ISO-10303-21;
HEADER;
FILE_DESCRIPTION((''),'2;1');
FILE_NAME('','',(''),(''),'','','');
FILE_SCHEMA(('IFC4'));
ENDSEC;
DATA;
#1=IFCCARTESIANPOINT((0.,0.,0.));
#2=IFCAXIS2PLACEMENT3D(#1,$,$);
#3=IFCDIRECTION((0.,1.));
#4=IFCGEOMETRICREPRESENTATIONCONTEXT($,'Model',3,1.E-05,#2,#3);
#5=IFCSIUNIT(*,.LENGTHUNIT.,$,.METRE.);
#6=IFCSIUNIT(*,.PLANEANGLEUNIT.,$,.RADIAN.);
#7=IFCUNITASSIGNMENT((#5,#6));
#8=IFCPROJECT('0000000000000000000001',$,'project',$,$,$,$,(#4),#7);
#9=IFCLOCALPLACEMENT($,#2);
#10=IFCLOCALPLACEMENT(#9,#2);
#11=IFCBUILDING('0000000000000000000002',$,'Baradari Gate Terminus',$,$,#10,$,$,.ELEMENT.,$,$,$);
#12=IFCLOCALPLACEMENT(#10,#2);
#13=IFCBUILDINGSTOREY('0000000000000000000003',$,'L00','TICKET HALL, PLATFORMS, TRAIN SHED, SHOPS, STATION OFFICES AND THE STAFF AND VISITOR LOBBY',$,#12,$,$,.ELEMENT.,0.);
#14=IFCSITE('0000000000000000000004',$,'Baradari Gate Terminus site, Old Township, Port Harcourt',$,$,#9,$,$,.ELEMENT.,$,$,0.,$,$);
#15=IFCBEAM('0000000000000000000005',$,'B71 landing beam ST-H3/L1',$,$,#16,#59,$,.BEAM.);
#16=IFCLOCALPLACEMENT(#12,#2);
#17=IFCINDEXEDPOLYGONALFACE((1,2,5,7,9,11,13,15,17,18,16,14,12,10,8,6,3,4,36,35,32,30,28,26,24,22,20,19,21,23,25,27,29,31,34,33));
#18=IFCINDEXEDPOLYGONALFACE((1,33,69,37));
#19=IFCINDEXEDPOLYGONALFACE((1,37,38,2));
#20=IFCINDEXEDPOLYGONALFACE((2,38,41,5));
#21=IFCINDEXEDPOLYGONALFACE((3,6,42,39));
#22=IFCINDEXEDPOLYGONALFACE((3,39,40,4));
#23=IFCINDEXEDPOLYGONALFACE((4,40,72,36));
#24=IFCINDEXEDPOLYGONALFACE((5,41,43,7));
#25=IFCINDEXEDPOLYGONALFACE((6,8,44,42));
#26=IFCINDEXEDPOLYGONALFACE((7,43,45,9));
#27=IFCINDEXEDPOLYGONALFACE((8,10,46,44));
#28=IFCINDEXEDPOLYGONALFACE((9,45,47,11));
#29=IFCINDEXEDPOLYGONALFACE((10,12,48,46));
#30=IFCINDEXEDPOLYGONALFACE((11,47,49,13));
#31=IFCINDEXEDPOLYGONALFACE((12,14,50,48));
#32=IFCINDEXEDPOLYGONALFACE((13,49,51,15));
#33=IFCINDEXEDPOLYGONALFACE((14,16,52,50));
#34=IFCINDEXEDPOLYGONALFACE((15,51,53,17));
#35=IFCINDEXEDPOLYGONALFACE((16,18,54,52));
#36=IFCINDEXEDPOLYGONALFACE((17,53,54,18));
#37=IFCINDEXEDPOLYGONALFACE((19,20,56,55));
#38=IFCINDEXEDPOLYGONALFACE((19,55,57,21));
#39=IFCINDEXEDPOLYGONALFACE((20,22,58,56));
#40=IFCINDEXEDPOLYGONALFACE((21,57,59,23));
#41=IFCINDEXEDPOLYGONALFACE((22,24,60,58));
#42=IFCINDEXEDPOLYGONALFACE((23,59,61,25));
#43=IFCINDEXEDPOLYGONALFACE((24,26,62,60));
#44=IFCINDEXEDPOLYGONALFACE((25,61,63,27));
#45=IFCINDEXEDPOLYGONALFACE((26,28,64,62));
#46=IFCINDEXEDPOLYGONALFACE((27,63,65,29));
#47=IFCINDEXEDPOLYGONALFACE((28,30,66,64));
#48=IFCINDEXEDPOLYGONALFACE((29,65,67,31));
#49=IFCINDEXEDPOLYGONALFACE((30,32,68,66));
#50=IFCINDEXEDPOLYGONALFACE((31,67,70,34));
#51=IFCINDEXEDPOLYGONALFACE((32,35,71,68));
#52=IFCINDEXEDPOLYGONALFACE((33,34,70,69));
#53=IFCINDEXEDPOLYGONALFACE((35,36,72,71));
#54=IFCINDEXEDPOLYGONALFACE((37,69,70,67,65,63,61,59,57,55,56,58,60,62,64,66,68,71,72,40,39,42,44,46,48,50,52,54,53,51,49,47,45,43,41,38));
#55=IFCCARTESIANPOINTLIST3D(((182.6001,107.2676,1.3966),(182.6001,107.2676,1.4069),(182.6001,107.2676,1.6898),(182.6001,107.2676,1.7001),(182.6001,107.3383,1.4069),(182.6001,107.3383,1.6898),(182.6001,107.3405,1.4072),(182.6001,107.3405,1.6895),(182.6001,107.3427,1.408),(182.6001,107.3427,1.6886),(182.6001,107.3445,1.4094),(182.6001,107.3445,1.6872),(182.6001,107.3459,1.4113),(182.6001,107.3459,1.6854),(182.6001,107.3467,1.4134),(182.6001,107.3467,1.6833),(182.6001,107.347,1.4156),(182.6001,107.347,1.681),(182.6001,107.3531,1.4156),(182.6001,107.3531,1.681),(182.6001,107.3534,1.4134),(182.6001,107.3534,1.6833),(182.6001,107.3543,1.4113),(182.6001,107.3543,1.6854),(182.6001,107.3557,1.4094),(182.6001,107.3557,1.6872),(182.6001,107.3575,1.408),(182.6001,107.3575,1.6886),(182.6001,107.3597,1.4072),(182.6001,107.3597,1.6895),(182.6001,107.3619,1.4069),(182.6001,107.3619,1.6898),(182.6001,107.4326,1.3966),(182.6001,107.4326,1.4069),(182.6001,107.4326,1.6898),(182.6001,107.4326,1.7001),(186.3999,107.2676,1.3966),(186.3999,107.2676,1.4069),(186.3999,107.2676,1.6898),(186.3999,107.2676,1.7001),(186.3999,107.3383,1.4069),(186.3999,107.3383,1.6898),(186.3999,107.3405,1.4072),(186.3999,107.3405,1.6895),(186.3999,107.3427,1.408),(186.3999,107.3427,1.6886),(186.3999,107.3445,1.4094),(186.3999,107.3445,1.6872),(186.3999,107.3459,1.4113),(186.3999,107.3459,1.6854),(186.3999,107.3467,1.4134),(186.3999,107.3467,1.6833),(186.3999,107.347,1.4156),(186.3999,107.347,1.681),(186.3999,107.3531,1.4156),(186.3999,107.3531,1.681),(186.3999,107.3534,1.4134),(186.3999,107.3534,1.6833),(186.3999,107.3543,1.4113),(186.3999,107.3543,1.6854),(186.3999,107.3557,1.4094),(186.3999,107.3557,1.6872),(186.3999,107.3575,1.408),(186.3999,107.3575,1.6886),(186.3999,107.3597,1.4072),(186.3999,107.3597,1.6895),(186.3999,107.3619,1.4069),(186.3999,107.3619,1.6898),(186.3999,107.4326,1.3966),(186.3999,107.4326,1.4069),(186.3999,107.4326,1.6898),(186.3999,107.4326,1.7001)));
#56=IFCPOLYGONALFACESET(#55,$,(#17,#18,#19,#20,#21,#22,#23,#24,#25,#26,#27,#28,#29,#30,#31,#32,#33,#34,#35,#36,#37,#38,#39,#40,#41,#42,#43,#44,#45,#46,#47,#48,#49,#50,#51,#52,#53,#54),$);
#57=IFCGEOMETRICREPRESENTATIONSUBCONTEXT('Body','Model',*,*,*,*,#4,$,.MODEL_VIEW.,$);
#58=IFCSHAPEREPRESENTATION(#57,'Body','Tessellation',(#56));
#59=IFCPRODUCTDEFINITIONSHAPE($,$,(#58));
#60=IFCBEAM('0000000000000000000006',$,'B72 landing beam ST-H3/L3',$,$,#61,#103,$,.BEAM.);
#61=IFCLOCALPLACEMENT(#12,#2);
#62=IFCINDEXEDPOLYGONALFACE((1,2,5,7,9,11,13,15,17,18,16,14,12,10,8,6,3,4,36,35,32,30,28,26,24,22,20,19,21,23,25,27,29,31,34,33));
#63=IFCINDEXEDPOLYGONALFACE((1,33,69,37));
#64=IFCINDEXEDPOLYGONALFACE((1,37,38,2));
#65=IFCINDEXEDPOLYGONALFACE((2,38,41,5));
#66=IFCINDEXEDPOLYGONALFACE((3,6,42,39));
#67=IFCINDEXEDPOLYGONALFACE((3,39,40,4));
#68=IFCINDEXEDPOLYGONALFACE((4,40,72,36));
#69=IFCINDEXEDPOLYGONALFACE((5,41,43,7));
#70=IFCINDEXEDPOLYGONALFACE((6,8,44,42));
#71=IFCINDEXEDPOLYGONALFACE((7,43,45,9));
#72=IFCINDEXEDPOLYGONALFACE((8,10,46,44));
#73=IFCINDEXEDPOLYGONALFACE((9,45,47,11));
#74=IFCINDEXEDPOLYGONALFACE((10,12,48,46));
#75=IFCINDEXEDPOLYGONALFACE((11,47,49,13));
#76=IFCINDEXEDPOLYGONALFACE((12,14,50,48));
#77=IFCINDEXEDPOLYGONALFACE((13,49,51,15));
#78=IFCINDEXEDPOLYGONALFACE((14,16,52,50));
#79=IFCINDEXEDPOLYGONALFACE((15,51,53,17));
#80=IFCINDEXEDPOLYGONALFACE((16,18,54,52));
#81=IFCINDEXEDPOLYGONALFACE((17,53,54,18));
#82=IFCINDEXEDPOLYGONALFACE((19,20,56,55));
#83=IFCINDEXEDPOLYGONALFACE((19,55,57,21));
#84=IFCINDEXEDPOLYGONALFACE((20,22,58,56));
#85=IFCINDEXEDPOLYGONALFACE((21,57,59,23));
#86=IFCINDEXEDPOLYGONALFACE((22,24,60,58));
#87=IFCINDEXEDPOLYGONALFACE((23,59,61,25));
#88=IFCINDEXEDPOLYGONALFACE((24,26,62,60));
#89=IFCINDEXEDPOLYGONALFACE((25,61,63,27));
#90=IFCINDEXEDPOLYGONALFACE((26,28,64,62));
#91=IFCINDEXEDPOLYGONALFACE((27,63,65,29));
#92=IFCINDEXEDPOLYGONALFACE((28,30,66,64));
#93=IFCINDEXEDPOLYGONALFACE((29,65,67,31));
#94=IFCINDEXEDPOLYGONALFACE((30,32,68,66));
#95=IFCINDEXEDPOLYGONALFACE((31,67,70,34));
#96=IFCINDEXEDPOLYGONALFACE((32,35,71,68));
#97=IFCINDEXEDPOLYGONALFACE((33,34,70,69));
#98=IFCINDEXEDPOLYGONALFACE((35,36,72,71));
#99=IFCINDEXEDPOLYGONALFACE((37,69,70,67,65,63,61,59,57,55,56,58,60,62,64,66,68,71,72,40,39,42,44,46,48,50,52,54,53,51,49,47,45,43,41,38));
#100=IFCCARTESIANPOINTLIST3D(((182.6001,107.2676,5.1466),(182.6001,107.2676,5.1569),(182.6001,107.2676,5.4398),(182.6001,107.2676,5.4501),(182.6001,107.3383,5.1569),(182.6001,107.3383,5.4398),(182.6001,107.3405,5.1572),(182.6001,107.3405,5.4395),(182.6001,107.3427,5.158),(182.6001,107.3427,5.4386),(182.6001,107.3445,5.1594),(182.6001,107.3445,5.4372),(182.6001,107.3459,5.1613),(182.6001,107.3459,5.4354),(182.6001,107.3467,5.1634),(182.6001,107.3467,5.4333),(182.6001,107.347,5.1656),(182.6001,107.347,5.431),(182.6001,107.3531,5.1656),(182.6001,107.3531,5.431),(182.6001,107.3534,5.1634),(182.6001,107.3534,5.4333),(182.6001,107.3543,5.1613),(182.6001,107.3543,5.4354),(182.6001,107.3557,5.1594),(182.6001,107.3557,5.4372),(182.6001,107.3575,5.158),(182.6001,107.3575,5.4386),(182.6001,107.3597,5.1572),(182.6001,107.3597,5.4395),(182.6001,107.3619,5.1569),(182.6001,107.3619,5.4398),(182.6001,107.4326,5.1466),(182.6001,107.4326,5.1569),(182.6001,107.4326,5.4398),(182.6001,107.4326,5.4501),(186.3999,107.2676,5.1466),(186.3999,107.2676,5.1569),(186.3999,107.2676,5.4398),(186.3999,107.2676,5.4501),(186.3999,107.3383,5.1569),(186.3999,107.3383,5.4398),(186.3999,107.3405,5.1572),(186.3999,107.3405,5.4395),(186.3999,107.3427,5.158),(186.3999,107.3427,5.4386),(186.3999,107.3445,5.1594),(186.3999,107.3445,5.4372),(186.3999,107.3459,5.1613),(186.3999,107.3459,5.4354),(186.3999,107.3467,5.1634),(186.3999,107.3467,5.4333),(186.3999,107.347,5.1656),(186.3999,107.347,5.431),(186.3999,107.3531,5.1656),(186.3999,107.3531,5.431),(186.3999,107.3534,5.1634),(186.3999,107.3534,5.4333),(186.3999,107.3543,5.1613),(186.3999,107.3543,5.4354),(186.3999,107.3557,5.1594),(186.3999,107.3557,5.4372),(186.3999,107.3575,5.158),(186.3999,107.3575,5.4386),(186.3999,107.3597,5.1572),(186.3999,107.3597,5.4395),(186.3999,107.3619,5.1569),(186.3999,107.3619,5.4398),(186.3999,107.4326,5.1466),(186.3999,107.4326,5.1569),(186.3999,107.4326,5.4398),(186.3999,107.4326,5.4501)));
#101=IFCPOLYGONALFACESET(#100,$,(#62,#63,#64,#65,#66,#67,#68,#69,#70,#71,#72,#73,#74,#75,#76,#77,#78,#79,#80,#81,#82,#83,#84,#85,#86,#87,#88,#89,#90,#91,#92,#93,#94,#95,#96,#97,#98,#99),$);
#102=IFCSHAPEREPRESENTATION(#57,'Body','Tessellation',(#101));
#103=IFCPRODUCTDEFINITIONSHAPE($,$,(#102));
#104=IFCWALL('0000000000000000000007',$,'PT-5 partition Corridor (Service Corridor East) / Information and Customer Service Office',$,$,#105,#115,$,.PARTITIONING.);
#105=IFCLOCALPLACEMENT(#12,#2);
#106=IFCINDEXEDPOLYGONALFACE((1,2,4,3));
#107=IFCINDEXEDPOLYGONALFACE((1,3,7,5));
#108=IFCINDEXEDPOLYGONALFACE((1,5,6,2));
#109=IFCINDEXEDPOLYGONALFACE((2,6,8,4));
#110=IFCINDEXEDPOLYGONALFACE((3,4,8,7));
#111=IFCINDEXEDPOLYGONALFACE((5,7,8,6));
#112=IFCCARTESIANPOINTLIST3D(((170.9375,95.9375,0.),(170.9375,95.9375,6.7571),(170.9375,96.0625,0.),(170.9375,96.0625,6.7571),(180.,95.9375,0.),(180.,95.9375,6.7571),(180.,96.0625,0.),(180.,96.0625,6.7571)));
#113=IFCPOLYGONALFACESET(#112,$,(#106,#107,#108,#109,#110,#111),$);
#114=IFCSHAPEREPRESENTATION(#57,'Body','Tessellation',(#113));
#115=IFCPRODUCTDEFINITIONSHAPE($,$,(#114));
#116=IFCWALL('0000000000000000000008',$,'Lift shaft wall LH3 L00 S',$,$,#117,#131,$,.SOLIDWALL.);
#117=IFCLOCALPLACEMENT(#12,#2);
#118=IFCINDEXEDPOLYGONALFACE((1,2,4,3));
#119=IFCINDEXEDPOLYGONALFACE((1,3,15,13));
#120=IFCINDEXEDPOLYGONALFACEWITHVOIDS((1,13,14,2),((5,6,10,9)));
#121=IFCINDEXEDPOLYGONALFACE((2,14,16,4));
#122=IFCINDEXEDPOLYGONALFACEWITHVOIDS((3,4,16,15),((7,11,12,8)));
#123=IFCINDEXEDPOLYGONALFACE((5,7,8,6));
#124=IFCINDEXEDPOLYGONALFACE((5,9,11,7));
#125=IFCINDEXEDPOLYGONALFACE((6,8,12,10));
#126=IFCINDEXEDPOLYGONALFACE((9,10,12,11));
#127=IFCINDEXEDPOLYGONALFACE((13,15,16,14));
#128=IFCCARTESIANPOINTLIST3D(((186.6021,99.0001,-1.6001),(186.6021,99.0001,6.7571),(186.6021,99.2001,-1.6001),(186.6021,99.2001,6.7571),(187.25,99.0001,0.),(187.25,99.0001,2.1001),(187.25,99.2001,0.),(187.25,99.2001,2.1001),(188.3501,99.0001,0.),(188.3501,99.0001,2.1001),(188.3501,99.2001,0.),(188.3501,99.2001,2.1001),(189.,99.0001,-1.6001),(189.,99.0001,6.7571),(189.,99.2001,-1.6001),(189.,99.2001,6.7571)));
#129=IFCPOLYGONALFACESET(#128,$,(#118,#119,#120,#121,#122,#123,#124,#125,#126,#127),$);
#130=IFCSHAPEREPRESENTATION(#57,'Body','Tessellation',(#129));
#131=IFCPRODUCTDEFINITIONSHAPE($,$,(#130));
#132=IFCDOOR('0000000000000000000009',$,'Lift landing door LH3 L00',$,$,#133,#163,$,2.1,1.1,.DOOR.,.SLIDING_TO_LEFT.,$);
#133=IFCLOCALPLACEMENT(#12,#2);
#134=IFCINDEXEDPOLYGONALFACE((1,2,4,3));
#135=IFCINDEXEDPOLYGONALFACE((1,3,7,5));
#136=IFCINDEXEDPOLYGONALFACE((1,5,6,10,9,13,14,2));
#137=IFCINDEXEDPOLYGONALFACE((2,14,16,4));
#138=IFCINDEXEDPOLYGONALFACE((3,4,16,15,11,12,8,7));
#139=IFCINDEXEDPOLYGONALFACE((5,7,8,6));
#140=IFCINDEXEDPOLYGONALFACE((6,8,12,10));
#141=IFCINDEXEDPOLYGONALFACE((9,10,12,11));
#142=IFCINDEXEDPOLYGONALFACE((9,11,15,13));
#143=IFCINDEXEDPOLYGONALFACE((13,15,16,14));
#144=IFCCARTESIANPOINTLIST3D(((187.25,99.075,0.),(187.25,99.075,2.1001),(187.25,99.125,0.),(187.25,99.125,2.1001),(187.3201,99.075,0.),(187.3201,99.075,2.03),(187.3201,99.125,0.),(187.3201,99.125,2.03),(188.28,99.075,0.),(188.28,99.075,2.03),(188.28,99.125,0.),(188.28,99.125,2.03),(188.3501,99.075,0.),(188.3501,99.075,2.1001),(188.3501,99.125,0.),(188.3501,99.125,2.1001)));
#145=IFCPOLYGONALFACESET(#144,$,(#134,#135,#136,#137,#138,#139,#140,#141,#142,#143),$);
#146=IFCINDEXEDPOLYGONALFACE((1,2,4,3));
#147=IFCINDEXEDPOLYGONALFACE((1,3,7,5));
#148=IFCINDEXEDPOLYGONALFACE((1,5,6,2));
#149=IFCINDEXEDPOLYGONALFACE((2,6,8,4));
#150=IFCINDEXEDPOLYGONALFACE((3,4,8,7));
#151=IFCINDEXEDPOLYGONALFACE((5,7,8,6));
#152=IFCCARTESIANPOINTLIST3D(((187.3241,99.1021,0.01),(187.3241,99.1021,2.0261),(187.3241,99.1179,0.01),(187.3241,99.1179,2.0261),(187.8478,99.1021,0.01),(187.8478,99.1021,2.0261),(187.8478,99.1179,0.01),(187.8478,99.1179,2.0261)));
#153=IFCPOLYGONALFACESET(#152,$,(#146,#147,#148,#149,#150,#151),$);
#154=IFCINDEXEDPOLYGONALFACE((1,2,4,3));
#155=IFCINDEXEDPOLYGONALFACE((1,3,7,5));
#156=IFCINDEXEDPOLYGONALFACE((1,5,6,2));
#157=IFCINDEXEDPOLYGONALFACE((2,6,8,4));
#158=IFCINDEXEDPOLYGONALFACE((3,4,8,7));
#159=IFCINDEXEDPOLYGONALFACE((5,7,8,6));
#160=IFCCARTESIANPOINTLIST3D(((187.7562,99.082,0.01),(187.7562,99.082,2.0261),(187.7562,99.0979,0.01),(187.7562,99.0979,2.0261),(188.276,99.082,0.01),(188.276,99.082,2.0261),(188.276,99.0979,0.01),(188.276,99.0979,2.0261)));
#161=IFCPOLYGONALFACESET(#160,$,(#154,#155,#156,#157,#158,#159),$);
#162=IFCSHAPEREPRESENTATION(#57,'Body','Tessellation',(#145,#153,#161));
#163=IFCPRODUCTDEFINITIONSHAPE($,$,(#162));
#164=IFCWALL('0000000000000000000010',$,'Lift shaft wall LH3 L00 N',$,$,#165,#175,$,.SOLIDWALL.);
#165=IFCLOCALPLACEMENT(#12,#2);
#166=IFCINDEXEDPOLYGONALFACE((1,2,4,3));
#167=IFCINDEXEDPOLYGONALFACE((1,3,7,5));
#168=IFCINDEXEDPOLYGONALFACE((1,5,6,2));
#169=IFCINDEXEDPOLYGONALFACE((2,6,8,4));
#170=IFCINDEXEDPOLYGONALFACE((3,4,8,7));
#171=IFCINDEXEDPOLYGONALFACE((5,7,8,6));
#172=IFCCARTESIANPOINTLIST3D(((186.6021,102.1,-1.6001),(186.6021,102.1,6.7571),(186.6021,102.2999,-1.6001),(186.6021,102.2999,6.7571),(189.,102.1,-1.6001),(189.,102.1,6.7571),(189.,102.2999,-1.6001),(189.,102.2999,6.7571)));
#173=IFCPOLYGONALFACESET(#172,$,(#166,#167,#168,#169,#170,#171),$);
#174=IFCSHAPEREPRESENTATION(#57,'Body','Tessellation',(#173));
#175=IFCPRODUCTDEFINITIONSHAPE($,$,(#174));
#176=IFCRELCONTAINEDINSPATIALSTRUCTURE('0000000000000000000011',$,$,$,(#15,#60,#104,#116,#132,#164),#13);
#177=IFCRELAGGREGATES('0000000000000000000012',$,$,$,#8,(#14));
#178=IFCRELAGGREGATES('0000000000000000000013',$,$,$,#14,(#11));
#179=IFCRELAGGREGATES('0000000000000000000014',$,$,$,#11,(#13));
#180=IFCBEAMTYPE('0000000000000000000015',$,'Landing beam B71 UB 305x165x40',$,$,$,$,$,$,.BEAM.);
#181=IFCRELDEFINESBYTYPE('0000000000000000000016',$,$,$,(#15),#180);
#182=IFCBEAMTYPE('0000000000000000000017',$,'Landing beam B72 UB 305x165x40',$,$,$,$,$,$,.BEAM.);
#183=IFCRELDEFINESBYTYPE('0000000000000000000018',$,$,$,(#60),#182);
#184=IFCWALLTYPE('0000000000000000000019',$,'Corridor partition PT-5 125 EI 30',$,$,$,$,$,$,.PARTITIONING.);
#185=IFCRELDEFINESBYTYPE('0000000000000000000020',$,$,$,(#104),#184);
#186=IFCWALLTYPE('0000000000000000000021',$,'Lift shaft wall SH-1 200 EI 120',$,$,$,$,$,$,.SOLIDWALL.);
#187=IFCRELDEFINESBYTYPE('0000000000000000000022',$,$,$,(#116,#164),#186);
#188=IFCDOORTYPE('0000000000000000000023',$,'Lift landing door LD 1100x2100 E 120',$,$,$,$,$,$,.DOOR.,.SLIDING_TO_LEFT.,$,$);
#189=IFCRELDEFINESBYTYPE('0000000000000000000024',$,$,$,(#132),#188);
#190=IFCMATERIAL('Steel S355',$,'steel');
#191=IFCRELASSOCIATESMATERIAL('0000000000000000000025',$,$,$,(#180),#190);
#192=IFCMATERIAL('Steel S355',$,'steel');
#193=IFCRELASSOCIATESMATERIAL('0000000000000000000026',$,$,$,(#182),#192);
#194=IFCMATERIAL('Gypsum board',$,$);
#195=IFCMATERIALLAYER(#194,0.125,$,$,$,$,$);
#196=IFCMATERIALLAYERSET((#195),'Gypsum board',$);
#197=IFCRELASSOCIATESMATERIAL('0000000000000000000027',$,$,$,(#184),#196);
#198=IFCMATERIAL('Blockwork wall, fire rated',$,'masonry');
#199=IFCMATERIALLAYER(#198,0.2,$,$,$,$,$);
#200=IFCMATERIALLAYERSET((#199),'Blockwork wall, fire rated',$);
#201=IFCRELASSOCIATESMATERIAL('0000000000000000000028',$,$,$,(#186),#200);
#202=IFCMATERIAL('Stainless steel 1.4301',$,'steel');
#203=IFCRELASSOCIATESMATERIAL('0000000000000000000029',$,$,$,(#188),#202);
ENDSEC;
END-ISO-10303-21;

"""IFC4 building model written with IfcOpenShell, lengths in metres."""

from ifc_helpers import new_model, si_unit, direction, frame, frame_2d, origin, origin_2d, place, context, subcontext, project, spatial, polyline, rectangle, i_section, outline, extrude, material, layer, layer_set, material_profile, profile_set, type_object, element, fill, save


model = new_model("IFC4")

# Units and contexts
model_context = context("Model", 3, precision=1e-05, world=origin(), true_north=direction((0.0, 1.0)))
body_context = subcontext(model_context, "Body", "Model", "MODEL_VIEW")
ifc_project = project(units=[si_unit("LENGTHUNIT", "METRE"), si_unit("PLANEANGLEUNIT", "RADIAN")], contexts=[model_context])

# Site, building, storey
site_placement = place(None, origin())
site = spatial("IfcSite", under=ifc_project, at=site_placement, Name="Baradari Gate Terminus site, Old Township, Port Harcourt", CompositionType="ELEMENT", RefElevation=0.0)
building_placement = place(site_placement, origin())
building = spatial("IfcBuilding", under=site, at=building_placement, Name="Baradari Gate Terminus", CompositionType="ELEMENT")
storey_placement = place(building_placement, origin())
storey = spatial("IfcBuildingStorey", under=building, at=storey_placement, Name="L00", Description="TICKET HALL, PLATFORMS, TRAIN SHED, SHOPS, STATION OFFICES AND THE STAFF AND VISITOR LOBBY", CompositionType="ELEMENT", Elevation=0.0)

# Beams
ifc_material_1 = material(Name="Steel S355", Category="steel")
ifc_material_profile_1 = material_profile(ifc_material_1, i_section(OverallWidth=0.165, OverallDepth=0.3035, WebThickness=0.0061, FlangeThickness=0.0103, FilletRadius=0.0088, at=origin_2d()), Name="UB 305x165x40")
ifc_profile_set_1 = profile_set([ifc_material_profile_1], Name="Steel S355")
beam_type_1 = type_object("IfcBeamType", Name="Landing beam B71 UB 305x165x40", PredefinedType="BEAM", material=ifc_profile_set_1)
beam_1_placement = place(storey_placement, frame((182.6001, 107.3501, 1.5483), z_axis=(1.0, 0.0, 0.0), x_axis=(0.0, 1.0, 0.0)))
element("IfcBeam", 1, at=beam_1_placement, inside=storey, type_object=beam_type_1, Name="B71 landing beam ST-H3/L1", PredefinedType="BEAM", context=body_context, shape_type="SweptSolid", body=[
    extrude(i_section(OverallWidth=0.165, OverallDepth=0.3035, WebThickness=0.0061, FlangeThickness=0.0103, FilletRadius=0.0088, at=origin_2d()), origin(), (0.0, 0.0, 1.0), 3.7998),
])
ifc_material_2 = material(Name="Steel S355", Category="steel")
ifc_material_profile_2 = material_profile(ifc_material_2, i_section(OverallWidth=0.165, OverallDepth=0.3035, WebThickness=0.0061, FlangeThickness=0.0103, FilletRadius=0.0088, at=origin_2d()), Name="UB 305x165x40")
ifc_profile_set_2 = profile_set([ifc_material_profile_2], Name="Steel S355")
beam_type_2 = type_object("IfcBeamType", Name="Landing beam B72 UB 305x165x40", PredefinedType="BEAM", material=ifc_profile_set_2)
beam_2_placement = place(storey_placement, frame((182.6001, 107.3501, 5.2983), z_axis=(1.0, 0.0, 0.0), x_axis=(0.0, 1.0, 0.0)))
element("IfcBeam", 2, at=beam_2_placement, inside=storey, type_object=beam_type_2, Name="B72 landing beam ST-H3/L3", PredefinedType="BEAM", context=body_context, shape_type="SweptSolid", body=[
    extrude(i_section(OverallWidth=0.165, OverallDepth=0.3035, WebThickness=0.0061, FlangeThickness=0.0103, FilletRadius=0.0088, at=origin_2d()), origin(), (0.0, 0.0, 1.0), 3.7998),
])

# Wall
ifc_material_3 = material(Name="Gypsum board")
ifc_layer_1 = layer(ifc_material_3, 0.125)
ifc_layer_set_1 = layer_set([ifc_layer_1], Name="Gypsum board")
wall_type_1 = type_object("IfcWallType", Name="Corridor partition PT-5 125 EI 30", PredefinedType="PARTITIONING", material=ifc_layer_set_1)
wall_1_placement = place(storey_placement, frame((180.0, 96.0, 0.0), z_axis=(0.0, 0.0, 1.0), x_axis=(-1.0, 0.0, 0.0)))
element("IfcWall", 3, at=wall_1_placement, inside=storey, type_object=wall_type_1, Name="PT-5 partition Corridor (Service Corridor East) / Information and Customer Service Office", PredefinedType="PARTITIONING", context=body_context, shape_type="SweptSolid", body=[
    extrude(rectangle(XDim=9.0625, YDim=0.125, at=frame_2d((4.5312, 0.0))), origin(), (0.0, 0.0, 1.0), 6.7571),
])

# Wall, opening, door
ifc_material_4 = material(Name="Blockwork wall, fire rated", Category="masonry")
ifc_layer_2 = layer(ifc_material_4, 0.2)
ifc_layer_set_2 = layer_set([ifc_layer_2], Name="Blockwork wall, fire rated")
wall_type_2 = type_object("IfcWallType", Name="Lift shaft wall SH-1 200 EI 120", PredefinedType="SOLIDWALL", material=ifc_layer_set_2)
wall_2_placement = place(storey_placement, frame((186.6021, 99.1001, -1.6001), z_axis=(0.0, 0.0, 1.0), x_axis=(1.0, 0.0, 0.0)))
wall_2 = element("IfcWall", 4, at=wall_2_placement, inside=storey, type_object=wall_type_2, Name="Lift shaft wall LH3 L00 S", PredefinedType="SOLIDWALL", context=body_context, shape_type="SweptSolid", body=[
    extrude(rectangle(XDim=2.3979, YDim=0.2, at=frame_2d((1.199, 0.0))), origin(), (0.0, 0.0, 1.0), 8.3572),
])
opening_1_placement = place(wall_2_placement, frame((0.6479, 0.0, 1.6001)))
opening_1 = element("IfcOpeningElement", 5, at=opening_1_placement, cuts=wall_2, PredefinedType="OPENING", context=body_context, shape_type="SweptSolid", body=[
    extrude(rectangle(XDim=1.1001, YDim=2.1001, at=frame_2d((0.55, 1.05))), frame((0.0, 0.1099, 0.0), z_axis=(0.0, -1.0, 0.0), x_axis=(1.0, 0.0, 0.0)), (0.0, 0.0, 1.0), 0.22),
])
ifc_material_5 = material(Name="Stainless steel 1.4301", Category="steel")
door_type_1 = type_object("IfcDoorType", Name="Lift landing door LD 1100x2100 E 120", OperationType="SLIDING_TO_LEFT", PredefinedType="DOOR", material=ifc_material_5)
door_1_placement = place(opening_1_placement, origin())
door_1 = element("IfcDoor", 6, at=door_1_placement, inside=storey, type_object=door_type_1, Name="Lift landing door LH3 L00", OperationType="SLIDING_TO_LEFT", OverallHeight=2.1, OverallWidth=1.1, PredefinedType="DOOR", context=body_context, shape_type="SweptSolid", body=[
    extrude(outline(polyline([(0.0, 0.0), (0.0701, 0.0), (0.0701, 2.03), (1.03, 2.03), (1.03, 0.0), (1.1001, 0.0), (1.1001, 2.1001), (0.0, 2.1001), (0.0, 0.0)])), frame((0.0, 0.0249, 0.0), z_axis=(0.0, -1.0, 0.0), x_axis=(1.0, 0.0, 0.0)), (0.0, 0.0, 1.0), 0.05),
    extrude(rectangle(XDim=0.5237, YDim=2.0161, at=frame_2d((0.3359, 1.0181))), frame((0.0, 0.0178, 0.0), z_axis=(0.0, -1.0, 0.0), x_axis=(1.0, 0.0, 0.0)), (0.0, 0.0, 1.0), 0.0159),
    extrude(rectangle(XDim=0.5198, YDim=2.0161, at=frame_2d((0.7661, 1.0181))), frame((0.0, -0.0022, 0.0), z_axis=(0.0, -1.0, 0.0), x_axis=(1.0, 0.0, 0.0)), (0.0, 0.0, 1.0), 0.0159),
])
fill(opening_1, door_1)

# Wall
wall_3_placement = place(storey_placement, frame((186.6021, 102.2, -1.6001), z_axis=(0.0, 0.0, 1.0), x_axis=(1.0, 0.0, 0.0)))
element("IfcWall", 7, at=wall_3_placement, inside=storey, type_object=wall_type_2, Name="Lift shaft wall LH3 L00 N", PredefinedType="SOLIDWALL", context=body_context, shape_type="SweptSolid", body=[
    extrude(rectangle(XDim=2.3979, YDim=0.2, at=frame_2d((1.199, 0.0))), origin(), (0.0, 0.0, 1.0), 8.3572),
])

save(model, "model.ifc")
